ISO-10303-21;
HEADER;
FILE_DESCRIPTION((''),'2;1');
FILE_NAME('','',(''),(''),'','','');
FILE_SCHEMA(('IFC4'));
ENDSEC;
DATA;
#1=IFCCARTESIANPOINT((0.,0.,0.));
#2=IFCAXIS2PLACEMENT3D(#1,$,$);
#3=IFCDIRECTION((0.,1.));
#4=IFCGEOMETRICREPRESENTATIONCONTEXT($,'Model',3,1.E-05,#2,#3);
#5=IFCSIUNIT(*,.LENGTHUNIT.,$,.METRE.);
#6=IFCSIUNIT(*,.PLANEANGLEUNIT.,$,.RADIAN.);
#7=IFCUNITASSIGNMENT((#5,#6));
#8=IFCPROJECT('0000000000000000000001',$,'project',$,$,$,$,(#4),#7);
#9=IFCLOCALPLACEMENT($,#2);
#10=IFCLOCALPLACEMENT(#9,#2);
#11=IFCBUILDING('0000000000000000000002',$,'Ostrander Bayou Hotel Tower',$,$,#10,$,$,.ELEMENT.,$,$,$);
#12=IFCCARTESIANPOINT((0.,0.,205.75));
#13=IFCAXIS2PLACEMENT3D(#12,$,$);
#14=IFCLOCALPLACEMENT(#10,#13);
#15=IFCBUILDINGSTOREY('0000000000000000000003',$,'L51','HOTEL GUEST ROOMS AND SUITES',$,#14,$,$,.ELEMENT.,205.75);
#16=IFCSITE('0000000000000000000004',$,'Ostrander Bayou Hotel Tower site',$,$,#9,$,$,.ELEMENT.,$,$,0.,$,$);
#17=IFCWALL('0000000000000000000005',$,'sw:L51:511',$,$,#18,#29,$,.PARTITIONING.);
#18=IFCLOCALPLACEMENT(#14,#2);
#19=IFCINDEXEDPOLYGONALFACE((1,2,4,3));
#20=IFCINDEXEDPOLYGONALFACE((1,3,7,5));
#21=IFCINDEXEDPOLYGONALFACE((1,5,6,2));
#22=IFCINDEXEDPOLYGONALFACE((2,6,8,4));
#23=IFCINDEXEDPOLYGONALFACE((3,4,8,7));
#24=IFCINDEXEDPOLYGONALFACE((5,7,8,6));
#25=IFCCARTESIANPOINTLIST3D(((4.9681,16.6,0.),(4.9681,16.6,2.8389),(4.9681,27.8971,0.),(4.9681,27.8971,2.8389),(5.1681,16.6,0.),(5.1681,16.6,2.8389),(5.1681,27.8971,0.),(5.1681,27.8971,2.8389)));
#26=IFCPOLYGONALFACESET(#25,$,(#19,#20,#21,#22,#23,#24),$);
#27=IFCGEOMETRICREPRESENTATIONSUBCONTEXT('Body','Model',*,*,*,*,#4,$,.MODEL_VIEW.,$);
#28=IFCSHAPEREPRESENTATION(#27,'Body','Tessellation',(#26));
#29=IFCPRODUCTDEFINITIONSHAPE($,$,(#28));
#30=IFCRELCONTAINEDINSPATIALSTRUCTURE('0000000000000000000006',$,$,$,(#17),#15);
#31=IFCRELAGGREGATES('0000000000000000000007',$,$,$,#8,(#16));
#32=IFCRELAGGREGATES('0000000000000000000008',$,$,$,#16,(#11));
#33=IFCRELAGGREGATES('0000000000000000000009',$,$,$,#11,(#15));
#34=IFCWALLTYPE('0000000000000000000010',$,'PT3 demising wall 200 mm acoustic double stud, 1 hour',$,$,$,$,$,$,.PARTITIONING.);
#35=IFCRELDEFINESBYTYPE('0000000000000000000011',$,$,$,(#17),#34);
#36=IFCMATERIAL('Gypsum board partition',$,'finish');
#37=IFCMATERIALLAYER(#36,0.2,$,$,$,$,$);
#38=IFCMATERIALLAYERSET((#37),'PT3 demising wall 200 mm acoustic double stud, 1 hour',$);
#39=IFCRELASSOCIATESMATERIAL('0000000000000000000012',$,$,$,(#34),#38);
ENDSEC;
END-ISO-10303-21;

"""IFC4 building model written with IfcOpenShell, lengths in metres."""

from ifc_helpers import new_model, si_unit, direction, frame, frame_2d, origin, place, context, subcontext, project, spatial, rectangle, extrude, material, layer, layer_set, type_object, element, save


model = new_model("IFC4")

# Units and contexts
model_context = context("Model", 3, precision=1e-05, world=origin(), true_north=direction((0.0, 1.0)))
body_context = subcontext(model_context, "Body", "Model", "MODEL_VIEW")
ifc_project = project(units=[si_unit("LENGTHUNIT", "METRE"), si_unit("PLANEANGLEUNIT", "RADIAN")], contexts=[model_context])

# Site, building, storey
site_placement = place(None, origin())
site = spatial("IfcSite", under=ifc_project, at=site_placement, Name="Ostrander Bayou Hotel Tower site", CompositionType="ELEMENT", RefElevation=0.0)
building_placement = place(site_placement, origin())
building = spatial("IfcBuilding", under=site, at=building_placement, Name="Ostrander Bayou Hotel Tower", CompositionType="ELEMENT")
storey_placement = place(building_placement, frame((0.0, 0.0, 205.75)))
storey = spatial("IfcBuildingStorey", under=building, at=storey_placement, Name="L51", Description="HOTEL GUEST ROOMS AND SUITES", CompositionType="ELEMENT", Elevation=205.75)

# Wall
ifc_material_1 = material(Name="Gypsum board partition", Category="finish")
ifc_layer_1 = layer(ifc_material_1, 0.2)
ifc_layer_set_1 = layer_set([ifc_layer_1], Name="PT3 demising wall 200 mm acoustic double stud, 1 hour")
wall_type = type_object("IfcWallType", Name="PT3 demising wall 200 mm acoustic double stud, 1 hour", PredefinedType="PARTITIONING", material=ifc_layer_set_1)
wall_placement = place(storey_placement, frame((5.0681, 16.6001, 0.0), z_axis=(0.0, 0.0, 1.0), x_axis=(0.0, 1.0, 0.0)))
element("IfcWall", 1, at=wall_placement, inside=storey, type_object=wall_type, Name="sw:L51:511", PredefinedType="PARTITIONING", context=body_context, shape_type="SweptSolid", body=[
    extrude(rectangle(XDim=11.2971, YDim=0.2, at=frame_2d((5.6484, 0.0))), origin(), (0.0, 0.0, 1.0), 2.8389),
])

save(model, "model.ifc")
